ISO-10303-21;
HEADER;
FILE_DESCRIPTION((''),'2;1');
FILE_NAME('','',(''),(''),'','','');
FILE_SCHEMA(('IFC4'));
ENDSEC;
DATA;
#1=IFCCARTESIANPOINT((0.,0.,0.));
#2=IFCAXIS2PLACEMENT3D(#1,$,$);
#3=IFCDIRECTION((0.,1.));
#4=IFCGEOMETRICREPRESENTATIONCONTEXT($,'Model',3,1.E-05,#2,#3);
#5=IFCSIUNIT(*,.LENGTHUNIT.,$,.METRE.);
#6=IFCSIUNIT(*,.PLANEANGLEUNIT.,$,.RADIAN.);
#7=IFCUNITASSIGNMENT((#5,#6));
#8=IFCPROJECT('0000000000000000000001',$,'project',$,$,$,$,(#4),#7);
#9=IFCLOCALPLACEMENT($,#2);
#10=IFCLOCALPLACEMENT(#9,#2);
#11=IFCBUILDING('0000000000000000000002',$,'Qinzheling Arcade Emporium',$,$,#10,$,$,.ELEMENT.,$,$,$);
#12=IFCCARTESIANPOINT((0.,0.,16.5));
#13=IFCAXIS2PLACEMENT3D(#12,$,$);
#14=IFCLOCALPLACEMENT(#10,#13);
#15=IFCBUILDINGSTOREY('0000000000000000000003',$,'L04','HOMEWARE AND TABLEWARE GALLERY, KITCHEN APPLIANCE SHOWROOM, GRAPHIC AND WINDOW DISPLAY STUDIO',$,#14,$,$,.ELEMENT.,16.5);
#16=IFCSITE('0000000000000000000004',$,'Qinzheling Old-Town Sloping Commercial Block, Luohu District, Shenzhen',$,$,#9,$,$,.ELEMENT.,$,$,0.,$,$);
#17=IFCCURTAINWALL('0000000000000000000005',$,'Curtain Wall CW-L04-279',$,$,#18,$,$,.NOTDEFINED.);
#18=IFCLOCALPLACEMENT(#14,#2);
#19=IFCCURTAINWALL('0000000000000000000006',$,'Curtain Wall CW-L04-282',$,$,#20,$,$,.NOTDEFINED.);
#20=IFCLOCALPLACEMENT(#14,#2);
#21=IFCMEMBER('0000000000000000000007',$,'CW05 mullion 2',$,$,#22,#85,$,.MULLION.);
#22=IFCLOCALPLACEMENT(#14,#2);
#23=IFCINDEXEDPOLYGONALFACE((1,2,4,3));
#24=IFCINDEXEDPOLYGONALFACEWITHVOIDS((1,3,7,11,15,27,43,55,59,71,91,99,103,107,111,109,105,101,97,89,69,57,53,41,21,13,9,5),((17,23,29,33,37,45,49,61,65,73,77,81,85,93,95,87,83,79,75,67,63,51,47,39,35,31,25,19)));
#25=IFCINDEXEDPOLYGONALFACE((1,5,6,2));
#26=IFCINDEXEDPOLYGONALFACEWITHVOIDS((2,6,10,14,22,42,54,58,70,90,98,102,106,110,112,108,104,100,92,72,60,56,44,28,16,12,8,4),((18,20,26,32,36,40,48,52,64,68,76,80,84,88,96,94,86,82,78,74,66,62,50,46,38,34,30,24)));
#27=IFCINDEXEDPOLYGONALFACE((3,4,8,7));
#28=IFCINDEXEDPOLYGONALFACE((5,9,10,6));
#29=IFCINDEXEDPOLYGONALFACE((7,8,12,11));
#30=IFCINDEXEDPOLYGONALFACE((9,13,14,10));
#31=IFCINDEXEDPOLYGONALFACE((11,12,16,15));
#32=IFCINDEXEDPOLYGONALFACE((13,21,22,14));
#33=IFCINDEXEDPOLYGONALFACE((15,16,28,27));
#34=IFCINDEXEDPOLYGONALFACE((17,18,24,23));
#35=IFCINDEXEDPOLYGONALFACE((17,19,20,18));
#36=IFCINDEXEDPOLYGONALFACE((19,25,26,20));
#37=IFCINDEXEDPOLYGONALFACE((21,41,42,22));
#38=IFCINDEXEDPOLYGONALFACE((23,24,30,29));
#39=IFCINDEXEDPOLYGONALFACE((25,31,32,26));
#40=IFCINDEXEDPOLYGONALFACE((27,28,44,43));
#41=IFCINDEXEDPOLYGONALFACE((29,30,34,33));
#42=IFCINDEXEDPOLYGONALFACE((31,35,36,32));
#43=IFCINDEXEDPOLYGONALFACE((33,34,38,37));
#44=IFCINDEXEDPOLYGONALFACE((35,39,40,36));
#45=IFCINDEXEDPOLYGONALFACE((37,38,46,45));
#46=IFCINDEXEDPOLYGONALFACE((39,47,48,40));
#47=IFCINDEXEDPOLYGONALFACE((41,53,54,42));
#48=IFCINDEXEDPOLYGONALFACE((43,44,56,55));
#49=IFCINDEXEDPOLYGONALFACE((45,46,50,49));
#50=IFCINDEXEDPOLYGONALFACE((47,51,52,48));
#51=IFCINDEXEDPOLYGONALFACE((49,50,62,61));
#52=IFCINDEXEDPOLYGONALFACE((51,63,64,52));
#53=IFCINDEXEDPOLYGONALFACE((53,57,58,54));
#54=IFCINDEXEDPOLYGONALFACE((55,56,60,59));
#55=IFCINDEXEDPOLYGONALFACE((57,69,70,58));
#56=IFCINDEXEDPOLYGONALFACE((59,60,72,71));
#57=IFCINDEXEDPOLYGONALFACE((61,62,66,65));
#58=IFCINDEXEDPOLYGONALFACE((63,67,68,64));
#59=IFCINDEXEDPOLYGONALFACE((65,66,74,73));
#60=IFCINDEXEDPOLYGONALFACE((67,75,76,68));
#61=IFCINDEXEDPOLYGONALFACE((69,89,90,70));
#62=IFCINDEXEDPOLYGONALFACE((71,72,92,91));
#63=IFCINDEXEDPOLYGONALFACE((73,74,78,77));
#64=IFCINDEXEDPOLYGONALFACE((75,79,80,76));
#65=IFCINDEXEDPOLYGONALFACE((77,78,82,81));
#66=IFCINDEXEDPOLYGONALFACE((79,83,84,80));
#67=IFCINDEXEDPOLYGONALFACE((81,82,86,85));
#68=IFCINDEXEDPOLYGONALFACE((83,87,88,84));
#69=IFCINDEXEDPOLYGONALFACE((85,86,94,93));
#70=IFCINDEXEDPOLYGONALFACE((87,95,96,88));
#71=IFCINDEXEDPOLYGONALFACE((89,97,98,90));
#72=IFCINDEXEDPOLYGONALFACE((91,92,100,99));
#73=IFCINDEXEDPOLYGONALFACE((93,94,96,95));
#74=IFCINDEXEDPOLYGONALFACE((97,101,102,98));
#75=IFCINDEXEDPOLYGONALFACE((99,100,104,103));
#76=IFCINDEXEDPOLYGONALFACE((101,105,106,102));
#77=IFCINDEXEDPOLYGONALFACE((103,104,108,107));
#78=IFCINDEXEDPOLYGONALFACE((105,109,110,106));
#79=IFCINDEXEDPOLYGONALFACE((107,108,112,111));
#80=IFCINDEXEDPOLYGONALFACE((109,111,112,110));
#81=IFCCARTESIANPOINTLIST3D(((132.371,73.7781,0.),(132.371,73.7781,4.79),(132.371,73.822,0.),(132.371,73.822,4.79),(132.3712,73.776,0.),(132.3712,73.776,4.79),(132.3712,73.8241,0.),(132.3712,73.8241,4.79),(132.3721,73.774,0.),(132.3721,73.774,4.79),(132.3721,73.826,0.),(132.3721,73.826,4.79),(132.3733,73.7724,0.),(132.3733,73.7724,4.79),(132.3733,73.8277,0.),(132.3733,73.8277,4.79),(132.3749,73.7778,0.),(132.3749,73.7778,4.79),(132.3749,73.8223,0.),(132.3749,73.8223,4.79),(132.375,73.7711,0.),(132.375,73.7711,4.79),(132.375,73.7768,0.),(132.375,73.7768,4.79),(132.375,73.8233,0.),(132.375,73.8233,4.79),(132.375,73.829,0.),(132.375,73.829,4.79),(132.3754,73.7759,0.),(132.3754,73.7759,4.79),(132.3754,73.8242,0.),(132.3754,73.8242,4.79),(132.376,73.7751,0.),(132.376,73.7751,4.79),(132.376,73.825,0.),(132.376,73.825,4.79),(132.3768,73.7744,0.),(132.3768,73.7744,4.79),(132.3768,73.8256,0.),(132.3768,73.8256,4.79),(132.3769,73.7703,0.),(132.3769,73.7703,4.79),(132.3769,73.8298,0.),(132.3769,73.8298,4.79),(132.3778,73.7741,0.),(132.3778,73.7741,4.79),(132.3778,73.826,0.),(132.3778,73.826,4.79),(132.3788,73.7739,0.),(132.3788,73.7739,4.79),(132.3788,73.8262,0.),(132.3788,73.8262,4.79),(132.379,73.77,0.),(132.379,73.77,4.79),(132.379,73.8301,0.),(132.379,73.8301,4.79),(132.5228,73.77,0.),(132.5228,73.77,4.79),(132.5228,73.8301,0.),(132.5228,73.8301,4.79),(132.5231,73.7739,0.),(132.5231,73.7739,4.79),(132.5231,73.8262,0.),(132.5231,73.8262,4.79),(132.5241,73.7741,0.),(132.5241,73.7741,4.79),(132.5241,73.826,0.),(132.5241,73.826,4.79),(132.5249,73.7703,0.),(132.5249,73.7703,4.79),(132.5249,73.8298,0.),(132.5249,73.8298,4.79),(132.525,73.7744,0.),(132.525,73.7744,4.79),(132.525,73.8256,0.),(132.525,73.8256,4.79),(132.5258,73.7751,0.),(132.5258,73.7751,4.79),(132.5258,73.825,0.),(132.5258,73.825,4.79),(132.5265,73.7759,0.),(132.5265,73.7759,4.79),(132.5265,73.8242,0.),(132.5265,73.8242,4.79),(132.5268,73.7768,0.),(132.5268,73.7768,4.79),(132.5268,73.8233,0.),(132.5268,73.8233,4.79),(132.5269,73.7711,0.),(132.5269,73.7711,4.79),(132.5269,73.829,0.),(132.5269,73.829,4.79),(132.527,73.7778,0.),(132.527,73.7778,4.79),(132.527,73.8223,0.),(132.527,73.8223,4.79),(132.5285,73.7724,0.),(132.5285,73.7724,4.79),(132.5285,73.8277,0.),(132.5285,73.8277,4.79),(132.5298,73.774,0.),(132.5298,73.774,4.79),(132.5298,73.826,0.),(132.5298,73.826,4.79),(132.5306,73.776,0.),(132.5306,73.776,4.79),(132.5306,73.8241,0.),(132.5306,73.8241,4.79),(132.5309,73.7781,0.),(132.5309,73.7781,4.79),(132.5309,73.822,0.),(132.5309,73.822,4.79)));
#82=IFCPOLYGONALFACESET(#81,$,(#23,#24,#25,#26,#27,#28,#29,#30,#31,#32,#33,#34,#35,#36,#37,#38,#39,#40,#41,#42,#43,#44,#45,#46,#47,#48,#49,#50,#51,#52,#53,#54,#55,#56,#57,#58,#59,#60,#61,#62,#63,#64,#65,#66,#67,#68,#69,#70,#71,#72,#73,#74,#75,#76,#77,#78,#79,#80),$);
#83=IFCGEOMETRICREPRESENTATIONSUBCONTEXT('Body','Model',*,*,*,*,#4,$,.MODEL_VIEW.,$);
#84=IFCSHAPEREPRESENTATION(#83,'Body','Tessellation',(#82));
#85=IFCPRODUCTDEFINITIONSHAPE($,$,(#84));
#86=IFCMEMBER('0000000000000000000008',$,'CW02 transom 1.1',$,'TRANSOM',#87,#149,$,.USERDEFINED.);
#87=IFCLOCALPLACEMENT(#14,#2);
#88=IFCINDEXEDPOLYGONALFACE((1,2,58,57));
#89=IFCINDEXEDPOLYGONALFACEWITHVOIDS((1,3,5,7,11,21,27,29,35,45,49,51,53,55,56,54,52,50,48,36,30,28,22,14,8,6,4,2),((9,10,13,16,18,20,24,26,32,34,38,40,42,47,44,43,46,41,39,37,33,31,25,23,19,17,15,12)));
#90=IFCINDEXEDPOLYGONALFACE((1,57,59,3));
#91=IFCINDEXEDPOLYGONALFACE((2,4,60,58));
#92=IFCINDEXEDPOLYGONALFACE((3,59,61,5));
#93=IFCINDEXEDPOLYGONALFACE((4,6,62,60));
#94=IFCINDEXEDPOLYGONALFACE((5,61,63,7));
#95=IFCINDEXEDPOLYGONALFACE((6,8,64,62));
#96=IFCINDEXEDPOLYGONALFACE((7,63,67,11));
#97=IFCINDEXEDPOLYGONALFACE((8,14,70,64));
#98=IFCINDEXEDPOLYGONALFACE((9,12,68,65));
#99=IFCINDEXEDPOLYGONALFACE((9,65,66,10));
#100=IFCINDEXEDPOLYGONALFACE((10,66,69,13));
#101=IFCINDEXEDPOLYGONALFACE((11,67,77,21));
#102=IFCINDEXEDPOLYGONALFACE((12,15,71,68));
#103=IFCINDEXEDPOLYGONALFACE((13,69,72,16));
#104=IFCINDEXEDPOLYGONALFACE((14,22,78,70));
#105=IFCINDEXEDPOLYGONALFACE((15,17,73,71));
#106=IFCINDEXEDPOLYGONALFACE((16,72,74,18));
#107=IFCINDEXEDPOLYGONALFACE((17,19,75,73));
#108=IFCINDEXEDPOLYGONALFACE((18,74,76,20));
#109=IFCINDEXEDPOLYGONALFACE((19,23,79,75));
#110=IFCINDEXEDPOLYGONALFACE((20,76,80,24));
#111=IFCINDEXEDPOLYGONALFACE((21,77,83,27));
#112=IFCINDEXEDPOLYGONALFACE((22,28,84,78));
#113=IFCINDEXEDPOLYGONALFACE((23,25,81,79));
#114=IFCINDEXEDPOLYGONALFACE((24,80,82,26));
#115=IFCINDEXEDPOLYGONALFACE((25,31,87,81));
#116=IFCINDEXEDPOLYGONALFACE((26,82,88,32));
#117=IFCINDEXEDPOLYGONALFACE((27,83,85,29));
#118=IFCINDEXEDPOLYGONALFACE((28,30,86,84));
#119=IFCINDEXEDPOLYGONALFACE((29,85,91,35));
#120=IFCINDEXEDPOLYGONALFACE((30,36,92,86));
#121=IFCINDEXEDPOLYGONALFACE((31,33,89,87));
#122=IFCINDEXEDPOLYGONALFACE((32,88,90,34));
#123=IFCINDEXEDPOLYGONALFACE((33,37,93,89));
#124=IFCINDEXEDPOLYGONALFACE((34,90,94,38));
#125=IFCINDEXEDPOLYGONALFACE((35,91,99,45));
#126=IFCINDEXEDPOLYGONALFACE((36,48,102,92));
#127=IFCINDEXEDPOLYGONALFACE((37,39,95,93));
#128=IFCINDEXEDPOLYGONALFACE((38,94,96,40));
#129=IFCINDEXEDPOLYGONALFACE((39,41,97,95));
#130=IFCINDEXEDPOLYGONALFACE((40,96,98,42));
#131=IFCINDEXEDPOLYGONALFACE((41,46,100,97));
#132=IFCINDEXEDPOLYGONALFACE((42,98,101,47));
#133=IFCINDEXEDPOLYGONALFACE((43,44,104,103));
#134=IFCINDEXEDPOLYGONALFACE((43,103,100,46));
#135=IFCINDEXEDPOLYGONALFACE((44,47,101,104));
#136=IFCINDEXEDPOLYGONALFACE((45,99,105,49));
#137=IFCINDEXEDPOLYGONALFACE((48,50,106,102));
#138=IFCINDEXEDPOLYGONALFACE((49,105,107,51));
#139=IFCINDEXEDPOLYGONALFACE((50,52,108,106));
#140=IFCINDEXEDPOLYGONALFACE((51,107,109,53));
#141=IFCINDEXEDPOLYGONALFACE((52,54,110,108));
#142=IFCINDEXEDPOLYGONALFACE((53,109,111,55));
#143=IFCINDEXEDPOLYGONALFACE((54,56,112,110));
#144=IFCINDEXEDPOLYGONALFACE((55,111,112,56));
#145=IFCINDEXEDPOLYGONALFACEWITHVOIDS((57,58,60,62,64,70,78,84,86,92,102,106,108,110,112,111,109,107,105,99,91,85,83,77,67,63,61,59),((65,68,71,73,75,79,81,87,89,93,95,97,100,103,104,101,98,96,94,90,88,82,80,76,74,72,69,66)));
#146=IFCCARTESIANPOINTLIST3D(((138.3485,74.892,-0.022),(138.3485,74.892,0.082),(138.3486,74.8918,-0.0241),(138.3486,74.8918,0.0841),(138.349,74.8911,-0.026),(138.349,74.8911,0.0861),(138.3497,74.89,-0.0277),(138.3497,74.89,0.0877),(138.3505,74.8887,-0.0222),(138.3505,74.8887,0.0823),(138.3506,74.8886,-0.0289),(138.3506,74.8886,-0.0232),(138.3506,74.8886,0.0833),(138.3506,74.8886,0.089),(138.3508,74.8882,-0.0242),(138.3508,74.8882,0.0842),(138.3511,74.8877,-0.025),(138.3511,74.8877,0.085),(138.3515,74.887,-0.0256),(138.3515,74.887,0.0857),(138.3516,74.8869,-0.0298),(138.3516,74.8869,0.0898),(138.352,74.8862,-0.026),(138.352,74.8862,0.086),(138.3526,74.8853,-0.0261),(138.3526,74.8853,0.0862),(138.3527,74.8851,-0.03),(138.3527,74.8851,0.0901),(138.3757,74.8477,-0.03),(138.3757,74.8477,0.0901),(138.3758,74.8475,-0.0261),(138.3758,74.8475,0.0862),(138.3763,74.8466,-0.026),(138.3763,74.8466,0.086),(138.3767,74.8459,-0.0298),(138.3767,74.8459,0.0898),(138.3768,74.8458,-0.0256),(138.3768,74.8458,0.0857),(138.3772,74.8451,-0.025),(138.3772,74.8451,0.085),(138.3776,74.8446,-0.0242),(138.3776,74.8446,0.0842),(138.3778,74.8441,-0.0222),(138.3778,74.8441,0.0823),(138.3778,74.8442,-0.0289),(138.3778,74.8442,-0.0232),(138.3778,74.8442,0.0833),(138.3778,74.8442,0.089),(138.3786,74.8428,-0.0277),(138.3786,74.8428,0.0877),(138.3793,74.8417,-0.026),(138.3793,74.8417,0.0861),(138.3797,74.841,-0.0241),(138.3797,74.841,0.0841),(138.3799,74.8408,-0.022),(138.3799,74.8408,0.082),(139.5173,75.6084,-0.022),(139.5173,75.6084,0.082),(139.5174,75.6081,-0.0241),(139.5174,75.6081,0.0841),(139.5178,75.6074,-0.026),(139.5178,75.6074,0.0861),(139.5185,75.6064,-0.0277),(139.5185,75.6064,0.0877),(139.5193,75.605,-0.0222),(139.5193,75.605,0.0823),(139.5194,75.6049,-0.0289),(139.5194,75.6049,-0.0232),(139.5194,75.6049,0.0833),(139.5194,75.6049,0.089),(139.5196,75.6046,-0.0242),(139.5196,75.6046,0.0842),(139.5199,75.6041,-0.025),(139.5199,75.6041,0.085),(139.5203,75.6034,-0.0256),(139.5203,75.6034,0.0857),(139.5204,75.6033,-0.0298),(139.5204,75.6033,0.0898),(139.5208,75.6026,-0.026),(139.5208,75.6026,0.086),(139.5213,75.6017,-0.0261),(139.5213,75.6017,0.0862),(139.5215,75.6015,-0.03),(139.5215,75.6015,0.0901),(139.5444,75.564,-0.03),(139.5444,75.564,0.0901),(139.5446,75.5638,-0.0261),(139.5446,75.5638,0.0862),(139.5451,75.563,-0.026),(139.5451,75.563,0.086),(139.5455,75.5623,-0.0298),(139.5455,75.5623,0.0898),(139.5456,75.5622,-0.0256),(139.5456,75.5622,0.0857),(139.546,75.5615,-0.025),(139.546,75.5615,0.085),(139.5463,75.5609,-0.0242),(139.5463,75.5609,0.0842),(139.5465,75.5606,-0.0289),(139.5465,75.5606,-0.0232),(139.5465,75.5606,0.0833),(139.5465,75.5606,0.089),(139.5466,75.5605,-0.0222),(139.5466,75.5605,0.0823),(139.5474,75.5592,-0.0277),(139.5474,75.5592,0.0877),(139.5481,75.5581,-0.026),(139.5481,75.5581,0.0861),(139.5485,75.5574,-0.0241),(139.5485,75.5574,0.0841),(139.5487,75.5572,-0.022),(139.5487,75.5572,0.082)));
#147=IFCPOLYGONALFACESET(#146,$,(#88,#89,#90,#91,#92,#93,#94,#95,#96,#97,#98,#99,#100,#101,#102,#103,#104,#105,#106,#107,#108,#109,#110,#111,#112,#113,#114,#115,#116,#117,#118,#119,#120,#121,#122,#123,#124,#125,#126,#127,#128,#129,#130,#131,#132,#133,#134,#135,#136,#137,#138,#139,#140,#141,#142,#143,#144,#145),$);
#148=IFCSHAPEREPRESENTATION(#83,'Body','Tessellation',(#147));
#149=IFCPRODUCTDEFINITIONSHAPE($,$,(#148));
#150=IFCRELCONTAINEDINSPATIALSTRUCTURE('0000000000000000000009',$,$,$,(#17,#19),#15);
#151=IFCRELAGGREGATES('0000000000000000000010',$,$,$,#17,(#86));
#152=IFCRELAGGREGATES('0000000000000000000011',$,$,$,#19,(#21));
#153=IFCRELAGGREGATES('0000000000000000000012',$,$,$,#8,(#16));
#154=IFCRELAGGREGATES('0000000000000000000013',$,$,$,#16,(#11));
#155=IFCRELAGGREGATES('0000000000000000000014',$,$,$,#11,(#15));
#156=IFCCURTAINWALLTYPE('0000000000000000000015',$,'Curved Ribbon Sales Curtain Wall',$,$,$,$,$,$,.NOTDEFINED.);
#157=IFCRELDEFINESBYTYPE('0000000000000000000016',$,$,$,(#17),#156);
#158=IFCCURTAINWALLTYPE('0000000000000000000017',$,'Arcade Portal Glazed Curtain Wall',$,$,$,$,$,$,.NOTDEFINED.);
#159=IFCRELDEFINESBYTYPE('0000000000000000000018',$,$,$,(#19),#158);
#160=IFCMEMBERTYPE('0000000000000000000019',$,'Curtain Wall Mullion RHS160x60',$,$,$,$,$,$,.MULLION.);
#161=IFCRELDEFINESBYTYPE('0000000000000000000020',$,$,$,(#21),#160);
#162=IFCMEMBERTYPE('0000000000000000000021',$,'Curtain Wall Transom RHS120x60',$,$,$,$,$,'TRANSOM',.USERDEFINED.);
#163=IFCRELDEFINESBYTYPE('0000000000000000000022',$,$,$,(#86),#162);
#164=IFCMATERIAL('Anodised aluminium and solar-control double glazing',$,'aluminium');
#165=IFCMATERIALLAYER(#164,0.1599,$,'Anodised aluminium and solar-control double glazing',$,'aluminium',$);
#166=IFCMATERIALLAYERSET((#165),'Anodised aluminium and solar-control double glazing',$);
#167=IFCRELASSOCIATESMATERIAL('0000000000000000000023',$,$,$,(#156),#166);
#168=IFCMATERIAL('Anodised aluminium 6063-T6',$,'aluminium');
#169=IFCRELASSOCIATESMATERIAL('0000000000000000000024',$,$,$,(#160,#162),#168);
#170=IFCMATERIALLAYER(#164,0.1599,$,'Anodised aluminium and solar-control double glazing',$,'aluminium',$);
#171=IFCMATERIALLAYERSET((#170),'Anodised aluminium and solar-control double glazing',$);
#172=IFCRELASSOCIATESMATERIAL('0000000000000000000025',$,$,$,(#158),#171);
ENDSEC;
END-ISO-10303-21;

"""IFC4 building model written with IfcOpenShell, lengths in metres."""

from ifc_helpers import new_model, si_unit, direction, frame, origin, origin_2d, place, context, subcontext, project, spatial, hollow_rectangle, extrude, material, layer, layer_set, material_profile, profile_set, type_object, element, aggregate, save


model = new_model("IFC4")

# Units and contexts
model_context = context("Model", 3, precision=1e-05, world=origin(), true_north=direction((0.0, 1.0)))
body_context = subcontext(model_context, "Body", "Model", "MODEL_VIEW")
ifc_project = project(units=[si_unit("LENGTHUNIT", "METRE"), si_unit("PLANEANGLEUNIT", "RADIAN")], contexts=[model_context])

# Site, building, storey
site_placement = place(None, origin())
site = spatial("IfcSite", under=ifc_project, at=site_placement, Name="Qinzheling Old-Town Sloping Commercial Block, Luohu District, Shenzhen", CompositionType="ELEMENT", RefElevation=0.0)
building_placement = place(site_placement, origin())
building = spatial("IfcBuilding", under=site, at=building_placement, Name="Qinzheling Arcade Emporium", CompositionType="ELEMENT")
storey_placement = place(building_placement, frame((0.0, 0.0, 16.5)))
storey = spatial("IfcBuildingStorey", under=building, at=storey_placement, Name="L04", Description="HOMEWARE AND TABLEWARE GALLERY, KITCHEN APPLIANCE SHOWROOM, GRAPHIC AND WINDOW DISPLAY STUDIO", CompositionType="ELEMENT", Elevation=16.5)

# Curtain wall
ifc_material_1 = material(Name="Anodised aluminium and solar-control double glazing", Category="aluminium")
ifc_layer_1 = layer(ifc_material_1, 0.1599, Name="Anodised aluminium and solar-control double glazing", Category="aluminium")
ifc_layer_set_1 = layer_set([ifc_layer_1], Name="Anodised aluminium and solar-control double glazing")
curtain_wall_type_1 = type_object("IfcCurtainWallType", Name="Curved Ribbon Sales Curtain Wall", PredefinedType="NOTDEFINED", material=ifc_layer_set_1)
curtain_wall_1_placement = place(storey_placement, origin())
curtain_wall_1 = element("IfcCurtainWall", 1, at=curtain_wall_1_placement, inside=storey, type_object=curtain_wall_type_1, Name="Curtain Wall CW-L04-279", PredefinedType="NOTDEFINED")
ifc_material_2 = material(Name="Anodised aluminium 6063-T6", Category="aluminium")
ifc_material_profile_1 = material_profile(ifc_material_2, hollow_rectangle(XDim=0.0601, YDim=0.1599, WallThickness=0.0039, InnerFilletRadius=0.0039, OuterFilletRadius=0.0081, at=origin_2d()), Name="RHS 160x60x4", Category="aluminium")
ifc_profile_set_1 = profile_set([ifc_material_profile_1], Name="Anodised aluminium 6063-T6")
member_type_1 = type_object("IfcMemberType", Name="Curtain Wall Mullion RHS160x60", PredefinedType="MULLION", material=ifc_profile_set_1)

# Curtain wall, member
ifc_layer_2 = layer(ifc_material_1, 0.1599, Name="Anodised aluminium and solar-control double glazing", Category="aluminium")
ifc_layer_set_2 = layer_set([ifc_layer_2], Name="Anodised aluminium and solar-control double glazing")
curtain_wall_type_2 = type_object("IfcCurtainWallType", Name="Arcade Portal Glazed Curtain Wall", PredefinedType="NOTDEFINED", material=ifc_layer_set_2)
curtain_wall_2_placement = place(storey_placement, origin())
curtain_wall_2 = element("IfcCurtainWall", 2, at=curtain_wall_2_placement, inside=storey, type_object=curtain_wall_type_2, Name="Curtain Wall CW-L04-282", PredefinedType="NOTDEFINED")
member_1_placement = place(storey_placement, frame((132.4509, 73.8, 0.0), z_axis=(0.0, 0.0, 1.0), x_axis=(0.0, -1.0, 0.0)))
member_1 = element("IfcMember", 3, at=member_1_placement, type_object=member_type_1, Name="CW05 mullion 2", PredefinedType="MULLION", context=body_context, shape_type="SweptSolid", body=[
    extrude(hollow_rectangle(XDim=0.0601, YDim=0.1599, WallThickness=0.0039, InnerFilletRadius=0.0039, OuterFilletRadius=0.0081, at=origin_2d()), origin(), (0.0, 0.0, 1.0), 4.79),
])

# Member
ifc_material_profile_2 = material_profile(ifc_material_2, hollow_rectangle(XDim=0.0601, YDim=0.1201, WallThickness=0.0039, InnerFilletRadius=0.0039, OuterFilletRadius=0.0081, at=origin_2d()), Name="RHS 120x60x4", Category="aluminium")
ifc_profile_set_2 = profile_set([ifc_material_profile_2], Name="Anodised aluminium 6063-T6")
member_type_2 = type_object("IfcMemberType", Name="Curtain Wall Transom RHS120x60", ElementType="TRANSOM", PredefinedType="USERDEFINED", material=ifc_profile_set_2)
member_2_placement = place(storey_placement, frame((139.533, 75.5828, 0.03), z_axis=(-0.852599, -0.522566, 0.0), x_axis=(0.522566, -0.852599, 0.0)))
member_2 = element("IfcMember", 4, at=member_2_placement, type_object=member_type_2, Name="CW02 transom 1.1", ObjectType="TRANSOM", PredefinedType="USERDEFINED", context=body_context, shape_type="SweptSolid", body=[
    extrude(hollow_rectangle(XDim=0.0601, YDim=0.1201, WallThickness=0.0039, InnerFilletRadius=0.0039, OuterFilletRadius=0.0081, at=origin_2d()), origin(), (0.0, 0.0, 1.0), 1.3708),
])

aggregate(curtain_wall_1, [member_2])
aggregate(curtain_wall_2, [member_1])

save(model, "model.ifc")
